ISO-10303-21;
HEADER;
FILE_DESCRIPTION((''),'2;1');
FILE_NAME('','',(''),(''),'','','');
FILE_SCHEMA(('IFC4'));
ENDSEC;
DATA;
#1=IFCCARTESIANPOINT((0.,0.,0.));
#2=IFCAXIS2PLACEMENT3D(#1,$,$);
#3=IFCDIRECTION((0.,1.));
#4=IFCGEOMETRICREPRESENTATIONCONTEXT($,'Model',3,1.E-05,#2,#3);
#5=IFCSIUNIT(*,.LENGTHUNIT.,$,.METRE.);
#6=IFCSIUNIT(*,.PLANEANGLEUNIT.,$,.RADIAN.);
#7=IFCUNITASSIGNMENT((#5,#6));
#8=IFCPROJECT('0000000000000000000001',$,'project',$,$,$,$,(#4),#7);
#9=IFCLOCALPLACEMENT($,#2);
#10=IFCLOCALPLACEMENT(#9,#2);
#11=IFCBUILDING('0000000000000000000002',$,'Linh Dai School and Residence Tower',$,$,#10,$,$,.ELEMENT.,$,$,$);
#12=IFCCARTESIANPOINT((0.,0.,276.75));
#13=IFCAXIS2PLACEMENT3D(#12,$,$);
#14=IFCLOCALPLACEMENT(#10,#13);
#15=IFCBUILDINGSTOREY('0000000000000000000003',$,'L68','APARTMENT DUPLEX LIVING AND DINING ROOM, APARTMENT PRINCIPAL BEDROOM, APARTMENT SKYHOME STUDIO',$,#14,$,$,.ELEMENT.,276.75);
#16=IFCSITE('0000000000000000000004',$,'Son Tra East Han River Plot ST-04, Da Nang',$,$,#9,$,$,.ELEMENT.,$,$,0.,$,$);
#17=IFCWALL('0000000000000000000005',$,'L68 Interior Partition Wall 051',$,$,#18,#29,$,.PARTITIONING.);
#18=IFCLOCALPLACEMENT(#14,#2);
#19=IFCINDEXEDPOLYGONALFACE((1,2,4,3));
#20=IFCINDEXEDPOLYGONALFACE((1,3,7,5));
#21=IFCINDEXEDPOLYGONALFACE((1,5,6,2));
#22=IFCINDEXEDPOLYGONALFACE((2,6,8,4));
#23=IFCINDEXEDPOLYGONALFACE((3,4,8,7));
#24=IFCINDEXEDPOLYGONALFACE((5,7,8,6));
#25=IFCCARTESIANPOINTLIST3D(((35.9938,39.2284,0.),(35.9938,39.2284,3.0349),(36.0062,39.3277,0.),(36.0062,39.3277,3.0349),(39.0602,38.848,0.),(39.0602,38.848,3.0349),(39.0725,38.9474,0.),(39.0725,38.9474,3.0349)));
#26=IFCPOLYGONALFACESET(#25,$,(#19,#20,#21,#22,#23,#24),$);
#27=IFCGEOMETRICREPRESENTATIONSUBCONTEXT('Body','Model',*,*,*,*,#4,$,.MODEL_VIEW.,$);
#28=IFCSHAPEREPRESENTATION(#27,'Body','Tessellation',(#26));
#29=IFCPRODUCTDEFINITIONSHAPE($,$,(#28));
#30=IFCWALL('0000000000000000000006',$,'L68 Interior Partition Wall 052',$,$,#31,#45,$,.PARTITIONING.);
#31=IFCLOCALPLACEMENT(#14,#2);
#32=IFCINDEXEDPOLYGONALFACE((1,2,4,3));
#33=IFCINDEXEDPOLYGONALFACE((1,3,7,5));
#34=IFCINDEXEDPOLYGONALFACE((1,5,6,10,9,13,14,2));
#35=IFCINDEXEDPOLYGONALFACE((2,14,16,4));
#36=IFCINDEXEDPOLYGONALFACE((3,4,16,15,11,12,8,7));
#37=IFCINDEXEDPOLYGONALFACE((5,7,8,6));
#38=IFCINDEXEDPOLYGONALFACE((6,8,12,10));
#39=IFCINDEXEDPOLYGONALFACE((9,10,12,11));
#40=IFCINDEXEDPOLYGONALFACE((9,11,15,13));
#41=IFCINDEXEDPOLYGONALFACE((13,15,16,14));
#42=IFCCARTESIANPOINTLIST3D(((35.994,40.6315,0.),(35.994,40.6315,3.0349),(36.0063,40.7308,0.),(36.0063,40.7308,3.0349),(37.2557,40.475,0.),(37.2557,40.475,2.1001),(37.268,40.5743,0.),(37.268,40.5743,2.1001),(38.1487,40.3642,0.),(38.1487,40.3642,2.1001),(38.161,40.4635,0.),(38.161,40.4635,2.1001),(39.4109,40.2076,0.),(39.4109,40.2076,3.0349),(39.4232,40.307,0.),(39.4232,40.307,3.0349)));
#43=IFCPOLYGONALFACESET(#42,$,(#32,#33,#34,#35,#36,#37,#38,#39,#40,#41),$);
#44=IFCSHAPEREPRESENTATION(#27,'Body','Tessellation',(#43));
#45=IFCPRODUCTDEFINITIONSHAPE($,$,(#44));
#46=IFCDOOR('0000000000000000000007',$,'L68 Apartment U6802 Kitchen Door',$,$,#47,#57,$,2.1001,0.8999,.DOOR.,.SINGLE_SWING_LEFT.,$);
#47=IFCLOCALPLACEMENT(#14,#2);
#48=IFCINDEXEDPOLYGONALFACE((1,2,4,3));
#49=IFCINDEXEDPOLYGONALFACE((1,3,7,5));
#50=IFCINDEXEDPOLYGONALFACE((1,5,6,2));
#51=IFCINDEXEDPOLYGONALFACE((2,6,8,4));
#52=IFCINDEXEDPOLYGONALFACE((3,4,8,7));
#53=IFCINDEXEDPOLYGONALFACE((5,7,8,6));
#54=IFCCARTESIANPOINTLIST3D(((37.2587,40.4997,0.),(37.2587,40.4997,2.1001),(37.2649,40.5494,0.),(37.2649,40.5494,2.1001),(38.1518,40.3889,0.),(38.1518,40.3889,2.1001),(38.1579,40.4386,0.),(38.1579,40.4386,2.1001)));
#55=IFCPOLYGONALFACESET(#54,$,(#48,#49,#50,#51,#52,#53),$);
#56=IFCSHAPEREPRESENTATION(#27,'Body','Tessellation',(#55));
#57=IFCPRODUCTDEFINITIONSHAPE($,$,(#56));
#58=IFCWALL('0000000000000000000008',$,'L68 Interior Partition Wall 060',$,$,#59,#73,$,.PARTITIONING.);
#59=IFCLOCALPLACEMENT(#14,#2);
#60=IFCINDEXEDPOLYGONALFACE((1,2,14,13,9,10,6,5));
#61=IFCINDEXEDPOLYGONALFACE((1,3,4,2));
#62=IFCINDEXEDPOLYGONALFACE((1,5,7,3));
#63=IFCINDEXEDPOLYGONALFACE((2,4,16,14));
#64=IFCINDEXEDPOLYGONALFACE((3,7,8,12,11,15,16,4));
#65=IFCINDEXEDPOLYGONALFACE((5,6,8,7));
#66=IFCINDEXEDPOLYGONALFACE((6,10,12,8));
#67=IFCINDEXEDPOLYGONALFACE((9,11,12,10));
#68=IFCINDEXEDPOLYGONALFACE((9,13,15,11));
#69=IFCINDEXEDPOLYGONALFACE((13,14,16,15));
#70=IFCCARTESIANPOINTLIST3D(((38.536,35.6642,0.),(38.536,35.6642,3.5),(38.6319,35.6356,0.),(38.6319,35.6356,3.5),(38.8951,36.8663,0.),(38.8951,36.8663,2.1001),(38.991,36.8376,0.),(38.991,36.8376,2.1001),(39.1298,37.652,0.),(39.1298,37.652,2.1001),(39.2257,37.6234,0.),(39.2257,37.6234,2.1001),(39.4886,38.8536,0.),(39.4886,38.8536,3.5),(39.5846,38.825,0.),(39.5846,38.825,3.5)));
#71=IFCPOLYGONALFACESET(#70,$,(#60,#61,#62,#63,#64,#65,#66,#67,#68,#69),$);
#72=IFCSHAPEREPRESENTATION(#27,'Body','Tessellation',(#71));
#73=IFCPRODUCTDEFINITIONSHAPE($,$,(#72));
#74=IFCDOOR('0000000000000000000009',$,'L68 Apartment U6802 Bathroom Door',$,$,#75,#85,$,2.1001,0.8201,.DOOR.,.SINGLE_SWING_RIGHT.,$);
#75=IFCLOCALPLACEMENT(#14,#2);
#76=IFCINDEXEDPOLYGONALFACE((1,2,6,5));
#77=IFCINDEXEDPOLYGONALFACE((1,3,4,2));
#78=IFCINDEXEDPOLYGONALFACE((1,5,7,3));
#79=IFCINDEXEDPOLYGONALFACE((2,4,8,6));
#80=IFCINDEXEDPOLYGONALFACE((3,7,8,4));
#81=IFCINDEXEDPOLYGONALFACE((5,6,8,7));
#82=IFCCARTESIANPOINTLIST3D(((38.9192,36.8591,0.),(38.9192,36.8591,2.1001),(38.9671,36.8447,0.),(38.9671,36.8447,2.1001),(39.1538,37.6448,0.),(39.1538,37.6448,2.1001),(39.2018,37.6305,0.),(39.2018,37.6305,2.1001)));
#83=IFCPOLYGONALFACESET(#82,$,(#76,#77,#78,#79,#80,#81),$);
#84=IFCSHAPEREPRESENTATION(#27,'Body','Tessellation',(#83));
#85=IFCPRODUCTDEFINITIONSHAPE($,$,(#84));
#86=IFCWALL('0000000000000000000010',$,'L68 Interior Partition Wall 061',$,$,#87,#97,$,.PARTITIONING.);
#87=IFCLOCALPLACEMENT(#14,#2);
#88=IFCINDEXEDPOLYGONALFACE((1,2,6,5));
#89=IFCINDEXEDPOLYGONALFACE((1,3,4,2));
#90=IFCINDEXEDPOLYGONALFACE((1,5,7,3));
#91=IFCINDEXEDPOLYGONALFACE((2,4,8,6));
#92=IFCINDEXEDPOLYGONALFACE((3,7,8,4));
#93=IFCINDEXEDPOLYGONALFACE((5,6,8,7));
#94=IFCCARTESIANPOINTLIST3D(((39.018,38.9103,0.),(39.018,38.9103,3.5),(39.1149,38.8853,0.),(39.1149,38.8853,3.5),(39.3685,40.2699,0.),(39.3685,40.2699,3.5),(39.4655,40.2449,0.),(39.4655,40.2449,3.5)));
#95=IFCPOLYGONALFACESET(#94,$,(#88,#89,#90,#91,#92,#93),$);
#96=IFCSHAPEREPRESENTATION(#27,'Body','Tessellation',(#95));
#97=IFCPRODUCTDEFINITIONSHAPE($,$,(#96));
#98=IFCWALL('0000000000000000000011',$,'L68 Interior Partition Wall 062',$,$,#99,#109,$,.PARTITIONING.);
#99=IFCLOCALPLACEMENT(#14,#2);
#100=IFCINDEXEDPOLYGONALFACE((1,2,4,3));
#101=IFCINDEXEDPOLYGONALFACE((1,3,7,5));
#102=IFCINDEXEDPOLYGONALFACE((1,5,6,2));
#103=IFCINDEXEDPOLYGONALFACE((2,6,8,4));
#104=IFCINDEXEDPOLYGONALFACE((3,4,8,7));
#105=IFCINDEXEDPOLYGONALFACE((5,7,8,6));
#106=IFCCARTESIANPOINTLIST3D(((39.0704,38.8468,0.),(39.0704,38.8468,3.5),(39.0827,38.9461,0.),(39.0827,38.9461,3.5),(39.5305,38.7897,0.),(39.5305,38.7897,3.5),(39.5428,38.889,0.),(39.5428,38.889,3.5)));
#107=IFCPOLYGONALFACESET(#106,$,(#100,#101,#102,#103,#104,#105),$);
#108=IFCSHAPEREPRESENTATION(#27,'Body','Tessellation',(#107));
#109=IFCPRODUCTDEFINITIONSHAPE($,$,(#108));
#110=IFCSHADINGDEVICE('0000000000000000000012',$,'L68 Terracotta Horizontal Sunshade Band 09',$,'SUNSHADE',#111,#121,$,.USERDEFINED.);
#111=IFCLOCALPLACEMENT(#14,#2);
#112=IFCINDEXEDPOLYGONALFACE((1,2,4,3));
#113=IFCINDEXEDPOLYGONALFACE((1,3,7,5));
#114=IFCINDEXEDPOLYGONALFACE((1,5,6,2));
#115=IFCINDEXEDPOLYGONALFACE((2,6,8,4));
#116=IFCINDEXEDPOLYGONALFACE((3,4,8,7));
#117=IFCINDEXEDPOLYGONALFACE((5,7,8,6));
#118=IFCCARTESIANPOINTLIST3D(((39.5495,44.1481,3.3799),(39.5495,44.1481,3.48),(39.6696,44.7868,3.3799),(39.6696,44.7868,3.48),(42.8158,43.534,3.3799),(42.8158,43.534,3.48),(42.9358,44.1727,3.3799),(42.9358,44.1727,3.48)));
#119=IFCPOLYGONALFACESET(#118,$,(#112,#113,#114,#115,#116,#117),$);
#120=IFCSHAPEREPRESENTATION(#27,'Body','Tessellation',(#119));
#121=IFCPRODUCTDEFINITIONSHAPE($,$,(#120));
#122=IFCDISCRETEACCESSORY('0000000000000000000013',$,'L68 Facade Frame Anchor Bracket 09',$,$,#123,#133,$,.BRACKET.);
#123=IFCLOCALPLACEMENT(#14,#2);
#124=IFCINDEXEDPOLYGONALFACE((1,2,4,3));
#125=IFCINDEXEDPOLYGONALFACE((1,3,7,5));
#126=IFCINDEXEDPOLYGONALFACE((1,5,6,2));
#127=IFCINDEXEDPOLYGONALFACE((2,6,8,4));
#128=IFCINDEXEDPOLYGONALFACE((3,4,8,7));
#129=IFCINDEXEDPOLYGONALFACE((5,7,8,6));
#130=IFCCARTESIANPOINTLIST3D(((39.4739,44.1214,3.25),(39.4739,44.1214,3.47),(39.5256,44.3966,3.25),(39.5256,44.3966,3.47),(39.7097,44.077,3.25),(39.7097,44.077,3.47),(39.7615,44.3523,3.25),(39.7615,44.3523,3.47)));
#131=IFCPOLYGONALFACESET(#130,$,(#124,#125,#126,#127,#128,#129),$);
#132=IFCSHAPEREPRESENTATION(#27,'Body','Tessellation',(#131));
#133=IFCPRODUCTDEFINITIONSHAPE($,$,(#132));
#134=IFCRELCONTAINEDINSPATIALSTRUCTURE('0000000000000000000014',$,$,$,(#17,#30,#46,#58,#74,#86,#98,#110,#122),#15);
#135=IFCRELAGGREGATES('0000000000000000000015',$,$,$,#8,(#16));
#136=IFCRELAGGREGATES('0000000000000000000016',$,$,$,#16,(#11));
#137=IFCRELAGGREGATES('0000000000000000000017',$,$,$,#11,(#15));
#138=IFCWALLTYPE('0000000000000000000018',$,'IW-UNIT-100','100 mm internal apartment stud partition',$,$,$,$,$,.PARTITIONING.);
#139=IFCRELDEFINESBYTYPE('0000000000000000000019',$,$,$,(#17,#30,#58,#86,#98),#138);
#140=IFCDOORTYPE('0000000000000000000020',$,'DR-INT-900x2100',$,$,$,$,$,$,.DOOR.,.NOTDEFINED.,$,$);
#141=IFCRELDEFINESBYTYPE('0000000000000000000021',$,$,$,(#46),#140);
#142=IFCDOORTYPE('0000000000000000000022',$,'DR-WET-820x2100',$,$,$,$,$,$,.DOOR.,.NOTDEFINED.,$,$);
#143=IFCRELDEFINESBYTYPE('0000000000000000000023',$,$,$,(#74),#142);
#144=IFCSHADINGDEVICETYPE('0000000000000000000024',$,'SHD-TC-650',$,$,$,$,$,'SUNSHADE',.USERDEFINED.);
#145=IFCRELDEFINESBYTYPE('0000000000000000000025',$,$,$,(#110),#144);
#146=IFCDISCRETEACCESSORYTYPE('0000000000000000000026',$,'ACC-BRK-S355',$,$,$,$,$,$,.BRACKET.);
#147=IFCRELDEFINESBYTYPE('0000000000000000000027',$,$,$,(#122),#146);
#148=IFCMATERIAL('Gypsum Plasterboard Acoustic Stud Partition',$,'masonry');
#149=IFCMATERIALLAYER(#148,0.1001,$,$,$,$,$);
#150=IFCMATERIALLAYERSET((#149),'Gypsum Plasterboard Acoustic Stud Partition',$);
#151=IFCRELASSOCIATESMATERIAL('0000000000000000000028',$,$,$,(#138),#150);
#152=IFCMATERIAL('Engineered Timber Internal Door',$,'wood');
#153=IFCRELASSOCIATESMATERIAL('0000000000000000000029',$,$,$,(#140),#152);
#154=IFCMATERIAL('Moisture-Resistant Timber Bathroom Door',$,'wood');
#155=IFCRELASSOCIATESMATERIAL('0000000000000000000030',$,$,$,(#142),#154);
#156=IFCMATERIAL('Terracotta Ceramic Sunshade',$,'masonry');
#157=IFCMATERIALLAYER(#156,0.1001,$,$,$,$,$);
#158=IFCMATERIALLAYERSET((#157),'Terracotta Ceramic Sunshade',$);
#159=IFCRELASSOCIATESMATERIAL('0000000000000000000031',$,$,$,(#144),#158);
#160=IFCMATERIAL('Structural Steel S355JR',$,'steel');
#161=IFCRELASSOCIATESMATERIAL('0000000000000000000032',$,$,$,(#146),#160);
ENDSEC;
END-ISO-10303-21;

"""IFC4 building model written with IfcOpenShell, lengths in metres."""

from ifc_helpers import new_model, si_unit, direction, frame, frame_2d, origin, origin_2d, place, context, subcontext, project, spatial, rectangle, extrude, source, transform, mapped, material, layer, layer_set, type_object, element, fill, save


model = new_model("IFC4")

# Units and contexts
model_context = context("Model", 3, precision=1e-05, world=origin(), true_north=direction((0.0, 1.0)))
body_context = subcontext(model_context, "Body", "Model", "MODEL_VIEW")
ifc_project = project(units=[si_unit("LENGTHUNIT", "METRE"), si_unit("PLANEANGLEUNIT", "RADIAN")], contexts=[model_context])

# Site, building, storey
site_placement = place(None, origin())
site = spatial("IfcSite", under=ifc_project, at=site_placement, Name="Son Tra East Han River Plot ST-04, Da Nang", CompositionType="ELEMENT", RefElevation=0.0)
building_placement = place(site_placement, origin())
building = spatial("IfcBuilding", under=site, at=building_placement, Name="Linh Dai School and Residence Tower", CompositionType="ELEMENT")
storey_placement = place(building_placement, frame((0.0, 0.0, 276.75)))
storey = spatial("IfcBuildingStorey", under=building, at=storey_placement, Name="L68", Description="APARTMENT DUPLEX LIVING AND DINING ROOM, APARTMENT PRINCIPAL BEDROOM, APARTMENT SKYHOME STUDIO", CompositionType="ELEMENT", Elevation=276.75)

# Shared definitions
ifc_material_1 = material(Name="Structural Steel S355JR", Category="steel")

# Wall
ifc_material_2 = material(Name="Gypsum Plasterboard Acoustic Stud Partition", Category="masonry")
ifc_layer_1 = layer(ifc_material_2, 0.1001)
ifc_layer_set_1 = layer_set([ifc_layer_1], Name="Gypsum Plasterboard Acoustic Stud Partition")
wall_type_1 = type_object("IfcWallType", Name="IW-UNIT-100", Description="100 mm internal apartment stud partition", PredefinedType="PARTITIONING", material=ifc_layer_set_1)
wall_1_placement = place(storey_placement, frame((36.0, 39.2781, 0.0), z_axis=(0.0, 0.0, 1.0), x_axis=(0.992394, -0.123101, 0.0)))
element("IfcWall", 1, at=wall_1_placement, inside=storey, type_object=wall_type_1, Name="L68 Interior Partition Wall 051", PredefinedType="PARTITIONING", context=body_context, shape_type="SweptSolid", body=[
    extrude(rectangle(XDim=3.0898, YDim=0.1001, at=frame_2d((1.5449, 0.0))), origin(), (0.0, 0.0, 1.0), 3.0349),
])

# Walls, openings, doors
wall_2_placement = place(storey_placement, frame((36.0, 40.6812, 0.0), z_axis=(0.0, 0.0, 1.0), x_axis=(0.992395, -0.123092, 0.0)))
wall_2 = element("IfcWall", 2, at=wall_2_placement, inside=storey, type_object=wall_type_1, Name="L68 Interior Partition Wall 052", PredefinedType="PARTITIONING", context=body_context, shape_type="SweptSolid", body=[
    extrude(rectangle(XDim=3.4431, YDim=0.1001, at=frame_2d((1.7217, 0.0))), origin(), (0.0, 0.0, 1.0), 3.0349),
])
opening_1_placement = place(wall_2_placement, frame((1.2715, 0.0, 0.0)))
opening_1 = element("IfcOpeningElement", 3, at=opening_1_placement, cuts=wall_2, PredefinedType="OPENING", context=body_context, shape_type="SweptSolid", body=[
    extrude(rectangle(XDim=0.8999, YDim=2.1001, at=origin_2d()), frame((0.45, 0.0601, 1.05), z_axis=(0.0, -1.0, 0.0), x_axis=(1.0, 0.0, 0.0)), (0.0, 0.0, 1.0), 0.1201),
])
ifc_material_3 = material(Name="Engineered Timber Internal Door", Category="wood")
door_type_1 = type_object("IfcDoorType", Name="DR-INT-900x2100", OperationType="NOTDEFINED", PredefinedType="DOOR", material=ifc_material_3)
shared_shape_1 = source(origin(), body_context, "Body", "SweptSolid", [
    extrude(rectangle(XDim=0.8999, YDim=2.1001, at=origin_2d()), frame((0.45, 0.0249, 1.05), z_axis=(0.0, -1.0, 0.0), x_axis=(1.0, 0.0, 0.0)), (0.0, 0.0, 1.0), 0.05),
])
door_1_placement = place(opening_1_placement, origin())
door_1 = element("IfcDoor", 4, at=door_1_placement, inside=storey, type_object=door_type_1, Name="L68 Apartment U6802 Kitchen Door", OperationType="SINGLE_SWING_LEFT", OverallHeight=2.1001, OverallWidth=0.8999, PredefinedType="DOOR", context=body_context, shape_type="MappedRepresentation", body=[
    mapped(shared_shape_1, transform((0.0, 0.0, 0.0), x_axis=(1.0, 0.0, 0.0), y_axis=(0.0, 1.0, 0.0), z_axis=(0.0, 0.0, 1.0), scale=1.0)),
])
fill(opening_1, door_1)
wall_3_placement = place(storey_placement, frame((38.584, 35.6499, 0.0), z_axis=(0.0, 0.0, 1.0), x_axis=(0.28619, 0.958173, 0.0)))
wall_3 = element("IfcWall", 5, at=wall_3_placement, inside=storey, type_object=wall_type_1, Name="L68 Interior Partition Wall 060", PredefinedType="PARTITIONING", context=body_context, shape_type="SweptSolid", body=[
    extrude(rectangle(XDim=3.3286, YDim=0.1001, at=frame_2d((1.6643, 0.0))), origin(), (0.0, 0.0, 1.0), 3.5),
])
opening_2_placement = place(wall_3_placement, frame((1.2544, 0.0, 0.0)))
opening_2 = element("IfcOpeningElement", 6, at=opening_2_placement, cuts=wall_3, PredefinedType="OPENING", context=body_context, shape_type="SweptSolid", body=[
    extrude(rectangle(XDim=0.8201, YDim=2.1001, at=origin_2d()), frame((0.4102, 0.0601, 1.05), z_axis=(0.0, -1.0, 0.0), x_axis=(1.0, 0.0, 0.0)), (0.0, 0.0, 1.0), 0.1201),
])
ifc_material_4 = material(Name="Moisture-Resistant Timber Bathroom Door", Category="wood")
door_type_2 = type_object("IfcDoorType", Name="DR-WET-820x2100", OperationType="NOTDEFINED", PredefinedType="DOOR", material=ifc_material_4)
shared_shape_2 = source(origin(), body_context, "Body", "SweptSolid", [
    extrude(rectangle(XDim=0.8201, YDim=2.1001, at=origin_2d()), frame((0.4102, 0.0249, 1.05), z_axis=(0.0, -1.0, 0.0), x_axis=(1.0, 0.0, 0.0)), (0.0, 0.0, 1.0), 0.05),
])
door_2_placement = place(opening_2_placement, origin())
door_2 = element("IfcDoor", 7, at=door_2_placement, inside=storey, type_object=door_type_2, Name="L68 Apartment U6802 Bathroom Door", OperationType="SINGLE_SWING_RIGHT", OverallHeight=2.1001, OverallWidth=0.8201, PredefinedType="DOOR", context=body_context, shape_type="MappedRepresentation", body=[
    mapped(shared_shape_2, transform((0.0, 0.0, 0.0), x_axis=(1.0, 0.0, 0.0), y_axis=(0.0, 1.0, 0.0), z_axis=(0.0, 0.0, 1.0), scale=1.0)),
])
fill(opening_2, door_2)

# Walls
wall_4_placement = place(storey_placement, frame((39.0664, 38.8977, 0.0), z_axis=(0.0, 0.0, 1.0), x_axis=(0.249689, 0.968326, 0.0)))
element("IfcWall", 8, at=wall_4_placement, inside=storey, type_object=wall_type_1, Name="L68 Interior Partition Wall 061", PredefinedType="PARTITIONING", context=body_context, shape_type="SweptSolid", body=[
    extrude(rectangle(XDim=1.4041, YDim=0.1001, at=frame_2d((0.7021, 0.0))), origin(), (0.0, 0.0, 1.0), 3.5),
])
wall_5_placement = place(storey_placement, frame((39.0764, 38.8965, 0.0), z_axis=(0.0, 0.0, 1.0), x_axis=(0.992383, -0.123192, 0.0)))
element("IfcWall", 9, at=wall_5_placement, inside=storey, type_object=wall_type_1, Name="L68 Interior Partition Wall 062", PredefinedType="PARTITIONING", context=body_context, shape_type="SweptSolid", body=[
    extrude(rectangle(XDim=0.4636, YDim=0.1001, at=frame_2d((0.2319, 0.0))), origin(), (0.0, 0.0, 1.0), 3.5),
])

# Shading device
ifc_material_5 = material(Name="Terracotta Ceramic Sunshade", Category="masonry")
ifc_layer_2 = layer(ifc_material_5, 0.1001)
ifc_layer_set_2 = layer_set([ifc_layer_2], Name="Terracotta Ceramic Sunshade")
shading_device_type = type_object("IfcShadingDeviceType", Name="SHD-TC-650", ElementType="SUNSHADE", PredefinedType="USERDEFINED", material=ifc_layer_set_2)
shared_shape_3 = source(origin(), body_context, "Body", "SweptSolid", [
    extrude(rectangle(XDim=3.3235, YDim=0.6499, at=origin_2d()), origin(), (0.0, 0.0, 1.0), 0.1001),
])
shading_device_placement = place(storey_placement, frame((41.2427, 44.1604, 3.3799), z_axis=(0.0, 0.0, 1.0), x_axis=(0.982785, -0.184751, 0.0)))
element("IfcShadingDevice", 10, at=shading_device_placement, inside=storey, type_object=shading_device_type, Name="L68 Terracotta Horizontal Sunshade Band 09", ObjectType="SUNSHADE", PredefinedType="USERDEFINED", context=body_context, shape_type="MappedRepresentation", body=[
    mapped(shared_shape_3, transform((0.0, 0.0, 0.0), x_axis=(1.0, 0.0, 0.0), y_axis=(0.0, 1.0, 0.0), z_axis=(0.0, 0.0, 1.0), scale=1.0)),
])

# Discrete accessory
discrete_accessory_type = type_object("IfcDiscreteAccessoryType", Name="ACC-BRK-S355", PredefinedType="BRACKET", material=ifc_material_1)
shared_shape_4 = source(origin(), body_context, "Body", "SweptSolid", [
    extrude(rectangle(XDim=0.28, YDim=0.24, at=origin_2d()), origin(), (0.0, 0.0, 1.0), 0.22),
])
discrete_accessory_placement = place(storey_placement, frame((39.6177, 44.2368, 3.25), z_axis=(0.0, 0.0, 1.0), x_axis=(0.184751, 0.982785, 0.0)))
element("IfcDiscreteAccessory", 11, at=discrete_accessory_placement, inside=storey, type_object=discrete_accessory_type, Name="L68 Facade Frame Anchor Bracket 09", PredefinedType="BRACKET", context=body_context, shape_type="MappedRepresentation", body=[
    mapped(shared_shape_4, transform((0.0, 0.0, 0.0), x_axis=(1.0, 0.0, 0.0), y_axis=(0.0, 1.0, 0.0), z_axis=(0.0, 0.0, 1.0), scale=1.0)),
])

save(model, "model.ifc")
